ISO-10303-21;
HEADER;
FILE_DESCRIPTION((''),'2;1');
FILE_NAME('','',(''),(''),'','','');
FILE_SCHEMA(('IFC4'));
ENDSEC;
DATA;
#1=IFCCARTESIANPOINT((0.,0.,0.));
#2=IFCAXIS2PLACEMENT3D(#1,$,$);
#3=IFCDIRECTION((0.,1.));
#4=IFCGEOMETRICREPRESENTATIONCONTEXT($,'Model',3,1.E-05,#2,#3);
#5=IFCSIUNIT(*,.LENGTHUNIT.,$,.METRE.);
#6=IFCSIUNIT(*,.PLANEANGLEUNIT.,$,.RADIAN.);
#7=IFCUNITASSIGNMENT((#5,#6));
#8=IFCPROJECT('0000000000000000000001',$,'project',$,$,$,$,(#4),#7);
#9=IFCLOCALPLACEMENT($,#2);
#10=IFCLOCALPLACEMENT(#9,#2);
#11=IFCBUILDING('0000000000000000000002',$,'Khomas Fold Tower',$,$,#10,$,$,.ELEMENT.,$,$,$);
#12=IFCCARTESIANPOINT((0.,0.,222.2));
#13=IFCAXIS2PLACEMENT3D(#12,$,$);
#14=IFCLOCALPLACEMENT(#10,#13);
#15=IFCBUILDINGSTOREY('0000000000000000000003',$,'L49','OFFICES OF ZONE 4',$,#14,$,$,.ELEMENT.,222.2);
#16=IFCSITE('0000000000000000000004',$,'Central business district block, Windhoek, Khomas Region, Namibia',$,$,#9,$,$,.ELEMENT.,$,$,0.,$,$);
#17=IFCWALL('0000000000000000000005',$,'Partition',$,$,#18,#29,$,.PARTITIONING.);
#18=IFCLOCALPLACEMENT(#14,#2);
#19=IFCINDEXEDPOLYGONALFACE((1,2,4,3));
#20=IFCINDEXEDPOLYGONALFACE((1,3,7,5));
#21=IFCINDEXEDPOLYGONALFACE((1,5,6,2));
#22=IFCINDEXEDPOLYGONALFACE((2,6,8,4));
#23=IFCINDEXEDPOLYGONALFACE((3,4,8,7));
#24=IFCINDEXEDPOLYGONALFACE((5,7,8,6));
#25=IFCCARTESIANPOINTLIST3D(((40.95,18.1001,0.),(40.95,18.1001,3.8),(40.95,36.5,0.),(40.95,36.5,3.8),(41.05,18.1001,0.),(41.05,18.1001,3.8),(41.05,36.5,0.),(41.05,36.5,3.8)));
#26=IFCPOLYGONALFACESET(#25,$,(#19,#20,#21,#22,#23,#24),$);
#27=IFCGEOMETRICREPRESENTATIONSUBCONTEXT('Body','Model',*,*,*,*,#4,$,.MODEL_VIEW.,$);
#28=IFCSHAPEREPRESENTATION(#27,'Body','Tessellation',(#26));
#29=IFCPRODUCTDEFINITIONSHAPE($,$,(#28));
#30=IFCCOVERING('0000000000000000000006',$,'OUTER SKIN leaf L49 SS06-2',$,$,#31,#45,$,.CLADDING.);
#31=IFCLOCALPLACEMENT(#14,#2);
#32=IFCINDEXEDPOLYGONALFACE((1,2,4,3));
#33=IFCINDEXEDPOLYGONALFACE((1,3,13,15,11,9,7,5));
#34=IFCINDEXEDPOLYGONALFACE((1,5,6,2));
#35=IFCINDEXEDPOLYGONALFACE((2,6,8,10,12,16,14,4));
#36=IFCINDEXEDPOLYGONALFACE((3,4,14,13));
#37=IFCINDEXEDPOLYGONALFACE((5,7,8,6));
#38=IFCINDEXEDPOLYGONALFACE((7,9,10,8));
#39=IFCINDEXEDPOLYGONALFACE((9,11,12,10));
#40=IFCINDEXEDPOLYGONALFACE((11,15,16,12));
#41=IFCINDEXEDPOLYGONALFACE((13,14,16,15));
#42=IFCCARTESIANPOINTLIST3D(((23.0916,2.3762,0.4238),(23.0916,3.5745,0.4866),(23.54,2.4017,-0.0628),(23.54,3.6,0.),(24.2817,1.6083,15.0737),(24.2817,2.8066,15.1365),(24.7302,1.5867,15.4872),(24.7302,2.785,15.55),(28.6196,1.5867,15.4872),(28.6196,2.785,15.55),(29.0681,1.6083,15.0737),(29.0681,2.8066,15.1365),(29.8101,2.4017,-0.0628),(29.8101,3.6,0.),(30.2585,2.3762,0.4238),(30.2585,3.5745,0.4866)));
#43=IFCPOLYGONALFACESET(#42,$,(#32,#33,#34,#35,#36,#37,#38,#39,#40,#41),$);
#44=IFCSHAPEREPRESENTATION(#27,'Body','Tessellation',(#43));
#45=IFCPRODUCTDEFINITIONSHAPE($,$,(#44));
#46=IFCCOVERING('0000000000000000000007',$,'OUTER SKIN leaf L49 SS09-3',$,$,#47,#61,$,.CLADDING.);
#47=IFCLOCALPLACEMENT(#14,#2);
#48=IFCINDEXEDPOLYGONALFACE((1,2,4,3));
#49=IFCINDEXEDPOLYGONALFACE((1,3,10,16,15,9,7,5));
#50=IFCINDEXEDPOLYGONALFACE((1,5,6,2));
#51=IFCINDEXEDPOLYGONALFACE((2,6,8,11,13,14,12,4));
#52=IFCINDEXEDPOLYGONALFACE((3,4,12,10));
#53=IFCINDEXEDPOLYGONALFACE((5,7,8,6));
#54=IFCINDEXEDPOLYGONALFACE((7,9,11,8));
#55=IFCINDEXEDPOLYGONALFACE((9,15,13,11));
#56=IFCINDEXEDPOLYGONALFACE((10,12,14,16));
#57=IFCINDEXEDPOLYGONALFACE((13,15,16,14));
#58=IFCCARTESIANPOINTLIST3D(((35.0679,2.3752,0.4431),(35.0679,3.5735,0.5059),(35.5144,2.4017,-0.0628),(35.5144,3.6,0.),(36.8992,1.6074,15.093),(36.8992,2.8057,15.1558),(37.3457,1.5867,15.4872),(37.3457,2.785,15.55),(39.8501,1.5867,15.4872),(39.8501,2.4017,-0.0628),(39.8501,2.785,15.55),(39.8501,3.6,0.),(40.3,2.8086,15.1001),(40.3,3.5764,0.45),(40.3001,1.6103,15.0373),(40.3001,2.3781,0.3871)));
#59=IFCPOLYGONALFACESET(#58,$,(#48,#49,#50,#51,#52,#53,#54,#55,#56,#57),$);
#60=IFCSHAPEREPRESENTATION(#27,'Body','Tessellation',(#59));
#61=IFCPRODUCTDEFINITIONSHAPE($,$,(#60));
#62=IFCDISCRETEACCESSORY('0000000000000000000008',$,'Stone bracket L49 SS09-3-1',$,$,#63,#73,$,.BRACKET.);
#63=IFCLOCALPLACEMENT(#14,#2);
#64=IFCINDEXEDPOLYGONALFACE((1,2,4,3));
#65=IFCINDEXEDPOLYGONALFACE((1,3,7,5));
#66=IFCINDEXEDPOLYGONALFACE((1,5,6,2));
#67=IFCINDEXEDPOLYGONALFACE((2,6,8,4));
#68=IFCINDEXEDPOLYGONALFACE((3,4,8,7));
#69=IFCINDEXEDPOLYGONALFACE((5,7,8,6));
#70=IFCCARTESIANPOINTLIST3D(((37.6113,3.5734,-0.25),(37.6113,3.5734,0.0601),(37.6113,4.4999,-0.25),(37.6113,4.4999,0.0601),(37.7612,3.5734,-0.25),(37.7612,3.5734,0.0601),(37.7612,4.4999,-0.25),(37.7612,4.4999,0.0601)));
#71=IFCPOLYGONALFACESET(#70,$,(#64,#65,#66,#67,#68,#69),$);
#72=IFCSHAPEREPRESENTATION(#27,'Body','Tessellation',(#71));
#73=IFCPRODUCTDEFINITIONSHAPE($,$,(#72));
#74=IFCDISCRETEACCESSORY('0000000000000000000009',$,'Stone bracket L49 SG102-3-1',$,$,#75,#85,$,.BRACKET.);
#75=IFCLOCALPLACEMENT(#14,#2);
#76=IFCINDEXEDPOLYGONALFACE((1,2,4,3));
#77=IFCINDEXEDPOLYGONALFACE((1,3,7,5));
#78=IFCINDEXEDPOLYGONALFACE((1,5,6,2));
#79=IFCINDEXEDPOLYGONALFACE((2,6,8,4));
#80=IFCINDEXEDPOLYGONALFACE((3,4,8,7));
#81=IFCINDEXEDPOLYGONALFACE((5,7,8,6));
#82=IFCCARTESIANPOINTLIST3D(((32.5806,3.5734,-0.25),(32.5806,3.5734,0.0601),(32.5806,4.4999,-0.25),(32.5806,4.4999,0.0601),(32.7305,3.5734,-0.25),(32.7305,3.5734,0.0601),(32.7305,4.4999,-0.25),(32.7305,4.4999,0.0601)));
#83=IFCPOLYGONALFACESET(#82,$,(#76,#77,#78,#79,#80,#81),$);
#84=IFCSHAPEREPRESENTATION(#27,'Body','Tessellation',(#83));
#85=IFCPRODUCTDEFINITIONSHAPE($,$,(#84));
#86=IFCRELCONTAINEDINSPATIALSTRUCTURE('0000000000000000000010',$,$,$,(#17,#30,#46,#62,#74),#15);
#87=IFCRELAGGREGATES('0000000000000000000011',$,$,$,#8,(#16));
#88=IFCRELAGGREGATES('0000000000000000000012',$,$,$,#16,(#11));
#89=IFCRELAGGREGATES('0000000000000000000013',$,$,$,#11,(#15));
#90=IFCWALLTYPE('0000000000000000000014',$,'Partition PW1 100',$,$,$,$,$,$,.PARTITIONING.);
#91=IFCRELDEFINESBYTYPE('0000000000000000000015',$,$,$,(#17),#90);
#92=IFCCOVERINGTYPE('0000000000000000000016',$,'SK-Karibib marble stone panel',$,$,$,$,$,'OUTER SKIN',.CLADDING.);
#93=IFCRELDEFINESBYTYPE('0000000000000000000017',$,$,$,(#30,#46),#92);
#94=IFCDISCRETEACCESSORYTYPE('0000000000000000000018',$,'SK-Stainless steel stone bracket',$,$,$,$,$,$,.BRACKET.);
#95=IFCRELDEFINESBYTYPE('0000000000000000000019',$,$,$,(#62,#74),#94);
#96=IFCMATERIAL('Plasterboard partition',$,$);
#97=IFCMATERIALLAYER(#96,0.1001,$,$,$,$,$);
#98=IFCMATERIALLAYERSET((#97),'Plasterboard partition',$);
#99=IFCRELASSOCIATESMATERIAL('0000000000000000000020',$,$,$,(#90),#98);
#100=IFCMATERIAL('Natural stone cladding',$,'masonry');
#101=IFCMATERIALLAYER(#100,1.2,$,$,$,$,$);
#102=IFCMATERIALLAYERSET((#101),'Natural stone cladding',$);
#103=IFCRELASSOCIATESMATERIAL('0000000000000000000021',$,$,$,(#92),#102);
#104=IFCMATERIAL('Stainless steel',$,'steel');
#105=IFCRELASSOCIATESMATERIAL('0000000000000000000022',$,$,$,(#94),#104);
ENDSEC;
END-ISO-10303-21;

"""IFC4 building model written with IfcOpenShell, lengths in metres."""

from ifc_helpers import new_model, si_unit, direction, frame, frame_2d, origin, origin_2d, place, context, subcontext, project, spatial, polyline, rectangle, outline, extrude, source, transform, mapped, material, layer, layer_set, type_object, element, save


model = new_model("IFC4")

# Units and contexts
model_context = context("Model", 3, precision=1e-05, world=origin(), true_north=direction((0.0, 1.0)))
body_context = subcontext(model_context, "Body", "Model", "MODEL_VIEW")
ifc_project = project(units=[si_unit("LENGTHUNIT", "METRE"), si_unit("PLANEANGLEUNIT", "RADIAN")], contexts=[model_context])

# Site, building, storey
site_placement = place(None, origin())
site = spatial("IfcSite", under=ifc_project, at=site_placement, Name="Central business district block, Windhoek, Khomas Region, Namibia", CompositionType="ELEMENT", RefElevation=0.0)
building_placement = place(site_placement, origin())
building = spatial("IfcBuilding", under=site, at=building_placement, Name="Khomas Fold Tower", CompositionType="ELEMENT")
storey_placement = place(building_placement, frame((0.0, 0.0, 222.2)))
storey = spatial("IfcBuildingStorey", under=building, at=storey_placement, Name="L49", Description="OFFICES OF ZONE 4", CompositionType="ELEMENT", Elevation=222.2)

# Wall
ifc_material_1 = material(Name="Plasterboard partition")
ifc_layer_1 = layer(ifc_material_1, 0.1001)
ifc_layer_set_1 = layer_set([ifc_layer_1], Name="Plasterboard partition")
wall_type = type_object("IfcWallType", Name="Partition PW1 100", PredefinedType="PARTITIONING", material=ifc_layer_set_1)
shared_shape_1 = source(origin(), body_context, "Body", "SweptSolid", [
    extrude(rectangle(XDim=18.3999, YDim=0.1001, at=frame_2d((9.2, 0.0))), origin(), (0.0, 0.0, 1.0), 3.8),
])
for number, where, z_axis, x_axis, name in (
    (1, (41.0, 18.1001, 0.0), (0.0, 0.0, 1.0), (0.0, 1.0, 0.0), "Partition"),
):
    element("IfcWall", number, at=place(storey_placement, frame(where, z_axis=z_axis, x_axis=x_axis)), inside=storey, type_object=wall_type, Name=name, PredefinedType="PARTITIONING", context=body_context, shape_type="MappedRepresentation", body=[
        mapped(shared_shape_1, transform((0.0, 0.0, 0.0))),
    ])

# Coverings
ifc_material_2 = material(Name="Natural stone cladding", Category="masonry")
ifc_layer_2 = layer(ifc_material_2, 1.2)
ifc_layer_set_2 = layer_set([ifc_layer_2], Name="Natural stone cladding")
covering_type = type_object("IfcCoveringType", Name="SK-Karibib marble stone panel", ElementType="OUTER SKIN", PredefinedType="CLADDING", material=ifc_layer_set_2)
covering_1_placement = place(storey_placement, frame((29.0681, 2.8066, 15.1365), z_axis=(0.0, 0.998629, 0.05234), x_axis=(0.080881, 0.052169, -0.995358)))
element("IfcCovering", 2, at=covering_1_placement, inside=storey, type_object=covering_type, Name="OUTER SKIN leaf L49 SS06-2", PredefinedType="CLADDING", context=body_context, shape_type="SweptSolid", body=[
    extrude(outline(polyline([(0.0, 0.0), (14.7182, 0.0), (15.1676, 0.4864), (14.6605, 6.7359), (14.1386, 7.1435), (-0.3871, 4.7707), (-0.7636, 4.2902), (-0.449, 0.4135), (0.0, 0.0)])), origin(), (0.0, 0.0, -1.0), 1.2),
])
covering_2_placement = place(storey_placement, frame((40.3, 2.8086, 15.1001), z_axis=(-0.000001, 0.998629, 0.05234), x_axis=(0.0, 0.05234, -0.998629)))
element("IfcCovering", 3, at=covering_2_placement, inside=storey, type_object=covering_type, Name="OUTER SKIN leaf L49 SS09-3", PredefinedType="CLADDING", context=body_context, shape_type="SweptSolid", body=[
    extrude(outline(polyline([(0.0, 0.0), (14.6703, 0.0), (15.1208, 0.45), (15.1208, 4.7856), (14.6143, 5.2322), (-0.0557, 3.4009), (-0.4506, 2.9543), (-0.4506, 0.45), (0.0, 0.0)])), origin(), (0.0, 0.0, -1.0), 1.2),
])

# Discrete accessories
ifc_material_3 = material(Name="Stainless steel", Category="steel")
discrete_accessory_type = type_object("IfcDiscreteAccessoryType", Name="SK-Stainless steel stone bracket", PredefinedType="BRACKET", material=ifc_material_3)
shared_shape_2 = source(origin(), body_context, "Body", "SweptSolid", [
    extrude(rectangle(XDim=0.9265, YDim=0.1499, at=origin_2d()), origin(), (0.0, 0.0, 1.0), 0.3101),
])
for number, where, z_axis, x_axis, name in (
    (4, (37.6863, 4.0366, -0.25), (0.0, 0.0, 1.0), (0.0, -1.0, 0.0), "Stone bracket L49 SS09-3-1"),
    (5, (32.6555, 4.0366, -0.25), (0.0, 0.0, 1.0), (0.0, -1.0, 0.0), "Stone bracket L49 SG102-3-1"),
):
    element("IfcDiscreteAccessory", number, at=place(storey_placement, frame(where, z_axis=z_axis, x_axis=x_axis)), inside=storey, type_object=discrete_accessory_type, Name=name, PredefinedType="BRACKET", context=body_context, shape_type="MappedRepresentation", body=[
        mapped(shared_shape_2, transform((0.0, 0.0, 0.0))),
    ])

save(model, "model.ifc")
